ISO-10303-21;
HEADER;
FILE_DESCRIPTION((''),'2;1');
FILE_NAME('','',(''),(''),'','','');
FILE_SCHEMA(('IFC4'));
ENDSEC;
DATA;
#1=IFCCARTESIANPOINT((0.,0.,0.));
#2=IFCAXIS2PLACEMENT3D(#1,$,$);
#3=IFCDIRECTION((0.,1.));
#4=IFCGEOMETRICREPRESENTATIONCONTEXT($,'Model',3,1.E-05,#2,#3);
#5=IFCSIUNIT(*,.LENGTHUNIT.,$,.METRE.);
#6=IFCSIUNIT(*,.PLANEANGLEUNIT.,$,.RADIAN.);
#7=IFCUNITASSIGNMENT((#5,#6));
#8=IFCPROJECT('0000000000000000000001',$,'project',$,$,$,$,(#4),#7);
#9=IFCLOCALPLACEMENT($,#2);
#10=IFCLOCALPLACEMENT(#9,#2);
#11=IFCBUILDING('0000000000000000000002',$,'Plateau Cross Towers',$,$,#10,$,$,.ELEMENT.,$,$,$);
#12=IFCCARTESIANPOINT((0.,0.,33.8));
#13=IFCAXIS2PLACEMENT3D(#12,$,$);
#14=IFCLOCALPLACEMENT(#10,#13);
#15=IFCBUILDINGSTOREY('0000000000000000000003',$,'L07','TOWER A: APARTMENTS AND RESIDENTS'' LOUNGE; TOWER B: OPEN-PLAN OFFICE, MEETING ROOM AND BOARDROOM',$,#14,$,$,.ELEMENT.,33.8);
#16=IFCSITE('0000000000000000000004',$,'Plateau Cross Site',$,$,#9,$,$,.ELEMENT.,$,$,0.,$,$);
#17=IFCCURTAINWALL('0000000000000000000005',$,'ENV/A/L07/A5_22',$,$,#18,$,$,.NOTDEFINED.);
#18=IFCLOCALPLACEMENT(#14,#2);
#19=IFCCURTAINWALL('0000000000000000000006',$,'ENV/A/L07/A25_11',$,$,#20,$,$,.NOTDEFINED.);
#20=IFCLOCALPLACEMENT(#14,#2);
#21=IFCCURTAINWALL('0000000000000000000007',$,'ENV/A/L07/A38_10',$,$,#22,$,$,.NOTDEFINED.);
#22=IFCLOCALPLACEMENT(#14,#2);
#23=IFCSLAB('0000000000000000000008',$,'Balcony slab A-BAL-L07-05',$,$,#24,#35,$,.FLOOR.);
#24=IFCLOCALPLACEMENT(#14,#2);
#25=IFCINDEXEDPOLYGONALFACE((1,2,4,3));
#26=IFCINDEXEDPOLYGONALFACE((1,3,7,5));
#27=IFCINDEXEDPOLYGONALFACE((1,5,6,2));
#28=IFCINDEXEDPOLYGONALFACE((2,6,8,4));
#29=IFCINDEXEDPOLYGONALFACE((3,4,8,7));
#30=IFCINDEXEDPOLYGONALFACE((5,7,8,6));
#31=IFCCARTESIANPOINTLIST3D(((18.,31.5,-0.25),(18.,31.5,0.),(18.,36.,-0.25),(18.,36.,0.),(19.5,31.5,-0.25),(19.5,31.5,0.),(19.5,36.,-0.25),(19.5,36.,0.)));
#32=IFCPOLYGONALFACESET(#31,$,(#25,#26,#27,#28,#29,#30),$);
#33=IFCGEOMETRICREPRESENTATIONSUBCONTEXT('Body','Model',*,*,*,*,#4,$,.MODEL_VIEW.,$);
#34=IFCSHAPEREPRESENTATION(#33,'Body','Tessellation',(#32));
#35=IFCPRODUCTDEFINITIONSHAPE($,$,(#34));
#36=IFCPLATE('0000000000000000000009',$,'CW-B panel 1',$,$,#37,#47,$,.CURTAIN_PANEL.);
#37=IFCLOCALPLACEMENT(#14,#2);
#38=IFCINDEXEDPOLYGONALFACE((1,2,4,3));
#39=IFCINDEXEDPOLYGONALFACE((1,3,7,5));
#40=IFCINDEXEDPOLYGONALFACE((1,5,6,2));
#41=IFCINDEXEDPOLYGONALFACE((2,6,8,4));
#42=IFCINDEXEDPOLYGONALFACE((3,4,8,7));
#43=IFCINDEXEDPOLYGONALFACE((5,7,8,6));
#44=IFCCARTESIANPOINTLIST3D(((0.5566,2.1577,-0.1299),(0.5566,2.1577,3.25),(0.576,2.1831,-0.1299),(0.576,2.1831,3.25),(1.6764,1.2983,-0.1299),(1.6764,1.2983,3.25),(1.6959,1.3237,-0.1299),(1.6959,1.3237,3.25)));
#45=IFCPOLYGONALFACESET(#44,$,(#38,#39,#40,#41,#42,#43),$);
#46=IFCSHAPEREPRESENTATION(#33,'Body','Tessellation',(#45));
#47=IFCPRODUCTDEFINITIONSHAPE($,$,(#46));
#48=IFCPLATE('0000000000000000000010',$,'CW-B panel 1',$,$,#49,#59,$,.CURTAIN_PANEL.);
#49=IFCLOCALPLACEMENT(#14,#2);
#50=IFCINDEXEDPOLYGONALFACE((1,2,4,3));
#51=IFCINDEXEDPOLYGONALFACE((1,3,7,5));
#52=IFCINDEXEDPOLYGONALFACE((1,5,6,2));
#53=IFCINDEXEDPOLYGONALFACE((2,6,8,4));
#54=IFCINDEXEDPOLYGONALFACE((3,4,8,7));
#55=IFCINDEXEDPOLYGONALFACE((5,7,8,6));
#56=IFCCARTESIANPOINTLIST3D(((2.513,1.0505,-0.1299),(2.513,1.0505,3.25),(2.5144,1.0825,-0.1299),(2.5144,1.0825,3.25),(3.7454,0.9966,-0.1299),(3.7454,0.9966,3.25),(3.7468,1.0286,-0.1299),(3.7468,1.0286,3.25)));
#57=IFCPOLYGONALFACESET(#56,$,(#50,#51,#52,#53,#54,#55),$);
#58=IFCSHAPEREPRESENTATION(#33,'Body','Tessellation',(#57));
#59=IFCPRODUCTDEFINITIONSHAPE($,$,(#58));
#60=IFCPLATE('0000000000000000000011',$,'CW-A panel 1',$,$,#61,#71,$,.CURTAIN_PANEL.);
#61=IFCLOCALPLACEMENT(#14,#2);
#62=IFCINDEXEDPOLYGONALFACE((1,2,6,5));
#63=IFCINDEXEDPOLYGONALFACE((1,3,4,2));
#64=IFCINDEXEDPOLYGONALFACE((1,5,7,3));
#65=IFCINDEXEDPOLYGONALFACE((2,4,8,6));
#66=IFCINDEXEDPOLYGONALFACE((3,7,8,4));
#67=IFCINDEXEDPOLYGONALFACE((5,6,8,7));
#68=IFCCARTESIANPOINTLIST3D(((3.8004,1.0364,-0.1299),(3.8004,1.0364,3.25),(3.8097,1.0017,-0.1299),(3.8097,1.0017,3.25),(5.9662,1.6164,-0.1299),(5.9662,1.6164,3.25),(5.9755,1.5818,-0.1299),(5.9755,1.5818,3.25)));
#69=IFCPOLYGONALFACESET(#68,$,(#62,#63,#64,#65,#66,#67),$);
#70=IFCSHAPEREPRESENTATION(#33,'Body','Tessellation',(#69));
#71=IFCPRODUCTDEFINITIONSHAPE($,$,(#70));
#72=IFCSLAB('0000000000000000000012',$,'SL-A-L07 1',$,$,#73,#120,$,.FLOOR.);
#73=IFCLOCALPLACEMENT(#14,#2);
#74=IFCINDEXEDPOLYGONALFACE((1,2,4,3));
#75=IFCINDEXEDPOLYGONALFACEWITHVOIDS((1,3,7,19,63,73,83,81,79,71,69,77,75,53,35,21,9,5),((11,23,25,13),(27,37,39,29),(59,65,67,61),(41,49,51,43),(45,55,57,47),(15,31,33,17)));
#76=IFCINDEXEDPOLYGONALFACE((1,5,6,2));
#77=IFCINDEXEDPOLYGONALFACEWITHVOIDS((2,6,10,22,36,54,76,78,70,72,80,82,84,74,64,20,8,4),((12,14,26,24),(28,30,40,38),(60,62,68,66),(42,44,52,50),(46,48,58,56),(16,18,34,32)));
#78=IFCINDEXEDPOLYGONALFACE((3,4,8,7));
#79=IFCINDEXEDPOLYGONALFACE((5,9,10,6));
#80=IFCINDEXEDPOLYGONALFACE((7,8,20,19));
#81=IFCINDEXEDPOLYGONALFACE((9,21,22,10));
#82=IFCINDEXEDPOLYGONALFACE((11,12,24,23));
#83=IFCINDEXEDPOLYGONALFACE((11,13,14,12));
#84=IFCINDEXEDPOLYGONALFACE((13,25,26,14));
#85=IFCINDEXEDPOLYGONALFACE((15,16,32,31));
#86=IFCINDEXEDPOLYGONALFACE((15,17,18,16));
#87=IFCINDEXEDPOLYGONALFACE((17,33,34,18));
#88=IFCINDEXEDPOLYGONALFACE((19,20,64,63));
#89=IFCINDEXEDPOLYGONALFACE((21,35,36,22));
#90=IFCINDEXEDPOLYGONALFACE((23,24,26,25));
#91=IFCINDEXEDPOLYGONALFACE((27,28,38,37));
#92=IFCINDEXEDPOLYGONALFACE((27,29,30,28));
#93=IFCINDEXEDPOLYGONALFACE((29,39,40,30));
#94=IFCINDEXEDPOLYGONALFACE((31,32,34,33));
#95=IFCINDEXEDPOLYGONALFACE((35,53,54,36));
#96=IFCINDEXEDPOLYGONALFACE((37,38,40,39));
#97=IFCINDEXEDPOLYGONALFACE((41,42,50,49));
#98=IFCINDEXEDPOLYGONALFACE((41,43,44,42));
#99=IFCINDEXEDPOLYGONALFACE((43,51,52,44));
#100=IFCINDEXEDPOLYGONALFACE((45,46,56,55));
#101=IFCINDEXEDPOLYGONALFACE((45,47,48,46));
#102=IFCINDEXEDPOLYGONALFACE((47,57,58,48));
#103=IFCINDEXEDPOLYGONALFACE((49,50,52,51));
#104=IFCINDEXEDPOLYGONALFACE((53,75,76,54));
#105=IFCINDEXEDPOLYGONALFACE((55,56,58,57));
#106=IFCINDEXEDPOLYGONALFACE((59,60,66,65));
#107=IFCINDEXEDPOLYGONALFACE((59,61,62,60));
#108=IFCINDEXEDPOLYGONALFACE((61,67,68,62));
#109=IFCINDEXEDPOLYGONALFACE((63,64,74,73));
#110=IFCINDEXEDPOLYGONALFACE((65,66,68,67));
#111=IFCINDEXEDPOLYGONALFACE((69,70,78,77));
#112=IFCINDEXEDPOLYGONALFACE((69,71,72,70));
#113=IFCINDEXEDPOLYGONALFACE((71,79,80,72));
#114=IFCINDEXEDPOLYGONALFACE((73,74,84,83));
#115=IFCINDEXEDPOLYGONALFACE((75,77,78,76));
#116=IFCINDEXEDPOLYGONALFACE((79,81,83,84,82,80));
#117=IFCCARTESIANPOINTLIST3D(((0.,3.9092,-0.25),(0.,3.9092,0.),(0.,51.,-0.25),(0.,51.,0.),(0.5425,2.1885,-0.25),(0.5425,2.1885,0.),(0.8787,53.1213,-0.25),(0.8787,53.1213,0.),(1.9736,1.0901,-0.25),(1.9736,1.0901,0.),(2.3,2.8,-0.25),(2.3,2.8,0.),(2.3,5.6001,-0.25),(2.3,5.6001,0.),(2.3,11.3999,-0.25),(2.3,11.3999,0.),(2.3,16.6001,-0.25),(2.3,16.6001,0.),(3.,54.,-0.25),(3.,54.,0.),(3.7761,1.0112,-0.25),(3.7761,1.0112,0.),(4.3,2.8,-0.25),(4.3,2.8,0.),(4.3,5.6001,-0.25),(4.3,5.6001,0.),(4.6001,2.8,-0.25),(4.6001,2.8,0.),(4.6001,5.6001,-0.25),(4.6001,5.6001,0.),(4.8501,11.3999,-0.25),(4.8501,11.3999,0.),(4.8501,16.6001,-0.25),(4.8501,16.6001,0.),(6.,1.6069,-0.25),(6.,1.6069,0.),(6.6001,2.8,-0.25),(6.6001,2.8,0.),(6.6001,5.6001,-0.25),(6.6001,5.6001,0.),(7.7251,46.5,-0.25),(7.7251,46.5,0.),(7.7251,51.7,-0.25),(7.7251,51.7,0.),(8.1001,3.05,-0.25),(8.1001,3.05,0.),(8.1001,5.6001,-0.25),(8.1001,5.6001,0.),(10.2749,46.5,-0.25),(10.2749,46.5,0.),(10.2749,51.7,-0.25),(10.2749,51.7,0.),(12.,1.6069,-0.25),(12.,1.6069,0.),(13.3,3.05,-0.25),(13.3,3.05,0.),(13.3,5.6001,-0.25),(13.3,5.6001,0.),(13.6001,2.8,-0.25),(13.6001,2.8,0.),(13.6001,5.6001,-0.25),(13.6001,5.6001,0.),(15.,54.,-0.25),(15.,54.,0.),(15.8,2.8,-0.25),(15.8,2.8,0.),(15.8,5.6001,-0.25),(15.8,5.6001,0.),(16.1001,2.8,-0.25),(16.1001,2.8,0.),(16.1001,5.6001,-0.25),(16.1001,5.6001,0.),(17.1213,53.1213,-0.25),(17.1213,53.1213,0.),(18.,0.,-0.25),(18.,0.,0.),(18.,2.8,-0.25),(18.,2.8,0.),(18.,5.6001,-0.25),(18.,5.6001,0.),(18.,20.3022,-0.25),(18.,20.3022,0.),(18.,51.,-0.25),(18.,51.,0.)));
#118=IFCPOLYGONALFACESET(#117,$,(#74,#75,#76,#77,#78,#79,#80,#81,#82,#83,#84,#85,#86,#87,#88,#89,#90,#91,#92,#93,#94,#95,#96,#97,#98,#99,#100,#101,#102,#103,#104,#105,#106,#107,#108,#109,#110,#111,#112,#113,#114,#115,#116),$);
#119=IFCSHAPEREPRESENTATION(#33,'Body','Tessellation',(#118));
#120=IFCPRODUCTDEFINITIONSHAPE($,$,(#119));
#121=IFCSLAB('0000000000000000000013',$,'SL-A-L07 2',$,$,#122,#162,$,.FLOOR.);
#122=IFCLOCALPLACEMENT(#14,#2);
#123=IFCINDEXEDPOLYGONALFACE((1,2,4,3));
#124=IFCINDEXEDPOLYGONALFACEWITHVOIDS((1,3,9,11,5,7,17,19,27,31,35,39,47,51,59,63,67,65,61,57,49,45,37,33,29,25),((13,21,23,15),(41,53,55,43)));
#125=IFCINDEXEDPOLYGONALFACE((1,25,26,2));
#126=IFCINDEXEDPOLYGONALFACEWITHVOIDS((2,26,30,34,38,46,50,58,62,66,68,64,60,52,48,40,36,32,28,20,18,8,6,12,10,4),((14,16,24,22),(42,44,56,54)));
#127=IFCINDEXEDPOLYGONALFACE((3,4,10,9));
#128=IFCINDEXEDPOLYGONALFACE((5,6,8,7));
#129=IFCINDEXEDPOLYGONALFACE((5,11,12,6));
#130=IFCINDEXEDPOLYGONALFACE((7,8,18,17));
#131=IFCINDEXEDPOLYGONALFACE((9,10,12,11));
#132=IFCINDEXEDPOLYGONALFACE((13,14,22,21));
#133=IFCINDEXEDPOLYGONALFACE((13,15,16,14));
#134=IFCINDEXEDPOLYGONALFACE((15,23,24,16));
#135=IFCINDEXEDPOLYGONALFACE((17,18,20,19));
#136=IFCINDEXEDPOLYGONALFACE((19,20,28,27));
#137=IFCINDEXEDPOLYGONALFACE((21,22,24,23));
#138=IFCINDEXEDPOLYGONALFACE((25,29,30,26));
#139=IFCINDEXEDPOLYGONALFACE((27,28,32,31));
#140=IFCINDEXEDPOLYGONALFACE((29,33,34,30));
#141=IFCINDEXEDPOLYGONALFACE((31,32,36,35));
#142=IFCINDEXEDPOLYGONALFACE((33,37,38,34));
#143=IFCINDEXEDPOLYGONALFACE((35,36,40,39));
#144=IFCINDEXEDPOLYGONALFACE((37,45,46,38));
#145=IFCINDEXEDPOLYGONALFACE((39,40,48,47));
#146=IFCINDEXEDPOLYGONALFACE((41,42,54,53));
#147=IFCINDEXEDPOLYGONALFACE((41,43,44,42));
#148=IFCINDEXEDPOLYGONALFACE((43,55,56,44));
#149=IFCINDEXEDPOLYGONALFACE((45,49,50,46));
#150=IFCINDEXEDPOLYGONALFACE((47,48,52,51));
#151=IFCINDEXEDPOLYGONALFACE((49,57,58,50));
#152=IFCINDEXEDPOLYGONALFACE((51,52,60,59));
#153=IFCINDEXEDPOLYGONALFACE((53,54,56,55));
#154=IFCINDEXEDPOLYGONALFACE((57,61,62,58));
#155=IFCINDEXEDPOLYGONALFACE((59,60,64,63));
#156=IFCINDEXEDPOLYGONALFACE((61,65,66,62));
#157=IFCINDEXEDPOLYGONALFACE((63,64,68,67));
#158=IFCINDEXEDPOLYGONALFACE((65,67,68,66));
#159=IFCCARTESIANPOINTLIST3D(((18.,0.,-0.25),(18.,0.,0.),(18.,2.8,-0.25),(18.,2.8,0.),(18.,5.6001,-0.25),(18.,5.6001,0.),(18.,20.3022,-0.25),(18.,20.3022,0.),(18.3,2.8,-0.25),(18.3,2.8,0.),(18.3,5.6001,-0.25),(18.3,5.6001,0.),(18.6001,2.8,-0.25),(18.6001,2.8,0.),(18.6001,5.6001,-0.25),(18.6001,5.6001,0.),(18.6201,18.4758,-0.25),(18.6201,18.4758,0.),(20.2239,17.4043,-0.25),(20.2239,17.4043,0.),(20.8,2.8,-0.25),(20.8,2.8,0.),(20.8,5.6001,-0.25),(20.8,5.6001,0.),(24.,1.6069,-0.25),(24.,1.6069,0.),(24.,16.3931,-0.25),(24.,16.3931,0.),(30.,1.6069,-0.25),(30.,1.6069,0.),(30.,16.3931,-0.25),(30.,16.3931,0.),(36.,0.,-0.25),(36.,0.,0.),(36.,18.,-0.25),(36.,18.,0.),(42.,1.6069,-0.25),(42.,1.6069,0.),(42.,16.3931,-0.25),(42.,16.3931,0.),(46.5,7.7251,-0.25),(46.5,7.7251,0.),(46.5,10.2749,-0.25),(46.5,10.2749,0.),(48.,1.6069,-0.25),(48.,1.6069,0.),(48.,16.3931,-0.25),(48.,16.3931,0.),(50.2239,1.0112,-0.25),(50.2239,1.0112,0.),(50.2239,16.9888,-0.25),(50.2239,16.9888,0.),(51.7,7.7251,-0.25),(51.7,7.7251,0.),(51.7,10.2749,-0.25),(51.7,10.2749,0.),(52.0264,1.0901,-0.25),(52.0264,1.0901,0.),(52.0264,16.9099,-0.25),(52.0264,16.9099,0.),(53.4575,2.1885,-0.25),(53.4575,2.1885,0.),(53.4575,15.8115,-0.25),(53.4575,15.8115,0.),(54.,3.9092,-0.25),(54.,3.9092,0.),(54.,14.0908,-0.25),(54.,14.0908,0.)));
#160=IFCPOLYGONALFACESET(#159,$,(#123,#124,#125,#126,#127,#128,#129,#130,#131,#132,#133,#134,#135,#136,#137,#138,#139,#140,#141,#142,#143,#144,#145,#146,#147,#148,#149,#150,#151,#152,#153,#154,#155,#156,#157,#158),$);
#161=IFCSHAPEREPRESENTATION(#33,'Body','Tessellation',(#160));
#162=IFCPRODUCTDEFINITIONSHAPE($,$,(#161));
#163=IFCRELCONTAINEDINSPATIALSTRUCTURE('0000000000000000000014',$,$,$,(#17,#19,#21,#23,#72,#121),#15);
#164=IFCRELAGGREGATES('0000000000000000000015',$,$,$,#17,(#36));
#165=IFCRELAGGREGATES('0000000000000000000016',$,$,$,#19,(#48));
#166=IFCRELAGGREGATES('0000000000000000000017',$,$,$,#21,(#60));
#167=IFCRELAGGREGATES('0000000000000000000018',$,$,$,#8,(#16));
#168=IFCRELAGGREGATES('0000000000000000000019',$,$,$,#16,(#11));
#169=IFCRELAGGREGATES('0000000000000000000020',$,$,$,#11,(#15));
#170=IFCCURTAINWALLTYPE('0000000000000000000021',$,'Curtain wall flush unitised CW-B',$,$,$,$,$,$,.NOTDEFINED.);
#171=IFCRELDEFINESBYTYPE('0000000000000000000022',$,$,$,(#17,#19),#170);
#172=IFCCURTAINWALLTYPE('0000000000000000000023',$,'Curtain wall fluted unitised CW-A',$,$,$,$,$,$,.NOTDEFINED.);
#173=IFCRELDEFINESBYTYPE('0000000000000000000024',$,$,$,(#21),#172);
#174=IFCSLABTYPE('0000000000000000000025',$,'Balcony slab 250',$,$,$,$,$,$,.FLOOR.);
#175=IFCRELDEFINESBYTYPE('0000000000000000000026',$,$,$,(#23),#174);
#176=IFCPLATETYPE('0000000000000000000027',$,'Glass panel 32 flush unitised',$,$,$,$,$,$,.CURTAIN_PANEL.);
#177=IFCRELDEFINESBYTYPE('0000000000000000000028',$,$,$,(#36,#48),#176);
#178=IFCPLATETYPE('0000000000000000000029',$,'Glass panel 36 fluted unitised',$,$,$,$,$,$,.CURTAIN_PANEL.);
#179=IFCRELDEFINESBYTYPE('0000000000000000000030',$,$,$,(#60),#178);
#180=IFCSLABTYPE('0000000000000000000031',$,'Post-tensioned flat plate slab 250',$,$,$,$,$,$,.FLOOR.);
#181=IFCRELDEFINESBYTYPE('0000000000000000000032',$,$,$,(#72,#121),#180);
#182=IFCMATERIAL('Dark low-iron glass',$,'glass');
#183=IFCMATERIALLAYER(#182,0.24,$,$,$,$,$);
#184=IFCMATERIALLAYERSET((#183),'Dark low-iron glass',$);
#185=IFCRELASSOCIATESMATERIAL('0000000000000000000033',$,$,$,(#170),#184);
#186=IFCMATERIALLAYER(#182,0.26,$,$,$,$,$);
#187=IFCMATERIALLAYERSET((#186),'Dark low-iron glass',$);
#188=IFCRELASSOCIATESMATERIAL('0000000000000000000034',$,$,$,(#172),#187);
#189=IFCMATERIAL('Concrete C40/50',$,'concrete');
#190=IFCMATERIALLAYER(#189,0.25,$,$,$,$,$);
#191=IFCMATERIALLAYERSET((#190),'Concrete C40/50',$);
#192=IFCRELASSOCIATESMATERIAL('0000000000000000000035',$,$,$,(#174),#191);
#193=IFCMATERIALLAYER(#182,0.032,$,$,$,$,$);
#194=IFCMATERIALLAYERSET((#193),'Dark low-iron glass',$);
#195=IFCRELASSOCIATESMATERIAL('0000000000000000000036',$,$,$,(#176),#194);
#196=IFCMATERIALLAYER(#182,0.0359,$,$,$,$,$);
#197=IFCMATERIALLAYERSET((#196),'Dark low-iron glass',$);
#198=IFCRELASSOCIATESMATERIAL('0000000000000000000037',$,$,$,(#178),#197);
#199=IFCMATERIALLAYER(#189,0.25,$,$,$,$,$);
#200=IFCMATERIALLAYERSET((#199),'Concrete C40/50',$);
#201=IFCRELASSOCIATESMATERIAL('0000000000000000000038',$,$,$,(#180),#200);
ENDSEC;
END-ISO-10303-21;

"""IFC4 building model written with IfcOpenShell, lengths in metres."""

from ifc_helpers import new_model, si_unit, direction, frame, origin, origin_2d, place, context, subcontext, project, spatial, polyline, rectangle, outline, extrude, material, layer, layer_set, type_object, element, aggregate, save


model = new_model("IFC4")

# Units and contexts
model_context = context("Model", 3, precision=1e-05, world=origin(), true_north=direction((0.0, 1.0)))
body_context = subcontext(model_context, "Body", "Model", "MODEL_VIEW")
ifc_project = project(units=[si_unit("LENGTHUNIT", "METRE"), si_unit("PLANEANGLEUNIT", "RADIAN")], contexts=[model_context])

# Site, building, storey
site_placement = place(None, origin())
site = spatial("IfcSite", under=ifc_project, at=site_placement, Name="Plateau Cross Site", CompositionType="ELEMENT", RefElevation=0.0)
building_placement = place(site_placement, origin())
building = spatial("IfcBuilding", under=site, at=building_placement, Name="Plateau Cross Towers", CompositionType="ELEMENT")
storey_placement = place(building_placement, frame((0.0, 0.0, 33.8)))
storey = spatial("IfcBuildingStorey", under=building, at=storey_placement, Name="L07", Description="TOWER A: APARTMENTS AND RESIDENTS' LOUNGE; TOWER B: OPEN-PLAN OFFICE, MEETING ROOM AND BOARDROOM", CompositionType="ELEMENT", Elevation=33.8)

# Curtain wall
ifc_material_1 = material(Name="Dark low-iron glass", Category="glass")
ifc_layer_1 = layer(ifc_material_1, 0.24)
ifc_layer_set_1 = layer_set([ifc_layer_1], Name="Dark low-iron glass")
curtain_wall_type_1 = type_object("IfcCurtainWallType", Name="Curtain wall flush unitised CW-B", PredefinedType="NOTDEFINED", material=ifc_layer_set_1)
curtain_wall_1_placement = place(storey_placement, origin())
curtain_wall_1 = element("IfcCurtainWall", 1, at=curtain_wall_1_placement, inside=storey, type_object=curtain_wall_type_1, Name="ENV/A/L07/A5_22", PredefinedType="NOTDEFINED")

# Curtain walls
curtain_wall_2_placement = place(storey_placement, origin())
curtain_wall_2 = element("IfcCurtainWall", 2, at=curtain_wall_2_placement, inside=storey, type_object=curtain_wall_type_1, Name="ENV/A/L07/A25_11", PredefinedType="NOTDEFINED")
ifc_layer_2 = layer(ifc_material_1, 0.26)
ifc_layer_set_2 = layer_set([ifc_layer_2], Name="Dark low-iron glass")
curtain_wall_type_2 = type_object("IfcCurtainWallType", Name="Curtain wall fluted unitised CW-A", PredefinedType="NOTDEFINED", material=ifc_layer_set_2)
curtain_wall_3_placement = place(storey_placement, origin())
curtain_wall_3 = element("IfcCurtainWall", 3, at=curtain_wall_3_placement, inside=storey, type_object=curtain_wall_type_2, Name="ENV/A/L07/A38_10", PredefinedType="NOTDEFINED")

# Slab
ifc_material_2 = material(Name="Concrete C40/50", Category="concrete")
ifc_layer_3 = layer(ifc_material_2, 0.25)
ifc_layer_set_3 = layer_set([ifc_layer_3], Name="Concrete C40/50")
slab_type_1 = type_object("IfcSlabType", Name="Balcony slab 250", PredefinedType="FLOOR", material=ifc_layer_set_3)
slab_1_placement = place(storey_placement, frame((0.0, 0.0, -0.25)))
element("IfcSlab", 4, at=slab_1_placement, inside=storey, type_object=slab_type_1, Name="Balcony slab A-BAL-L07-05", PredefinedType="FLOOR", context=body_context, shape_type="SweptSolid", body=[
    extrude(outline(polyline([(19.5, 31.5), (19.5, 36.0), (18.0, 36.0), (18.0, 31.5), (19.5, 31.5)])), origin(), (0.0, 0.0, 1.0), 0.25),
])

# Plates
ifc_layer_4 = layer(ifc_material_1, 0.032)
ifc_layer_set_4 = layer_set([ifc_layer_4], Name="Dark low-iron glass")
plate_type_1 = type_object("IfcPlateType", Name="Glass panel 32 flush unitised", PredefinedType="CURTAIN_PANEL", material=ifc_layer_set_4)
plate_1_placement = place(storey_placement, frame((1.1262, 1.7407, -0.1299), z_axis=(0.0, 0.0, 1.0), x_axis=(0.793316, -0.608811, 0.0)))
plate_1 = element("IfcPlate", 5, at=plate_1_placement, type_object=plate_type_1, Name="CW-B panel 1", PredefinedType="CURTAIN_PANEL", context=body_context, shape_type="SweptSolid", body=[
    extrude(rectangle(XDim=1.4116, YDim=0.032, at=origin_2d()), origin(), (0.0, 0.0, 1.0), 3.3799),
])
aggregate(curtain_wall_1, [plate_1])
plate_2_placement = place(storey_placement, frame((3.1299, 1.0396, -0.1299), z_axis=(0.0, 0.0, 1.0), x_axis=(0.999044, -0.043723, 0.0)))
plate_2 = element("IfcPlate", 6, at=plate_2_placement, type_object=plate_type_1, Name="CW-B panel 1", PredefinedType="CURTAIN_PANEL", context=body_context, shape_type="SweptSolid", body=[
    extrude(rectangle(XDim=1.2336, YDim=0.032, at=origin_2d()), origin(), (0.0, 0.0, 1.0), 3.3799),
])
aggregate(curtain_wall_2, [plate_2])
ifc_layer_5 = layer(ifc_material_1, 0.0359)
ifc_layer_set_5 = layer_set([ifc_layer_5], Name="Dark low-iron glass")
plate_type_2 = type_object("IfcPlateType", Name="Glass panel 36 fluted unitised", PredefinedType="CURTAIN_PANEL", material=ifc_layer_set_5)
plate_3_placement = place(storey_placement, frame((4.8879, 1.3091, -0.1299), z_axis=(0.0, 0.0, 1.0), x_axis=(0.965958, 0.258699, 0.0)))
plate_3 = element("IfcPlate", 7, at=plate_3_placement, type_object=plate_type_2, Name="CW-A panel 1", PredefinedType="CURTAIN_PANEL", context=body_context, shape_type="SweptSolid", body=[
    extrude(rectangle(XDim=2.2422, YDim=0.0359, at=origin_2d()), origin(), (0.0, 0.0, 1.0), 3.3799),
])
aggregate(curtain_wall_3, [plate_3])

# Slabs
ifc_layer_6 = layer(ifc_material_2, 0.25)
ifc_layer_set_6 = layer_set([ifc_layer_6], Name="Concrete C40/50")
slab_type_2 = type_object("IfcSlabType", Name="Post-tensioned flat plate slab 250", PredefinedType="FLOOR", material=ifc_layer_set_6)
slab_2_placement = place(storey_placement, frame((0.0, 0.0, -0.25)))
element("IfcSlab", 8, at=slab_2_placement, inside=storey, type_object=slab_type_2, Name="SL-A-L07 1", PredefinedType="FLOOR", context=body_context, shape_type="SweptSolid", body=[
    extrude(outline(polyline([(0.5425, 2.1885), (0.0, 3.9092), (0.0, 51.0), (0.8787, 53.1213), (3.0, 54.0), (15.0, 54.0), (17.1213, 53.1213), (18.0, 51.0), (18.0, 20.3022), (18.0, 5.6001), (16.1001, 5.6001), (16.1001, 2.8), (18.0, 2.8), (18.0, 0.0), (12.0, 1.6069), (6.0, 1.6069), (3.7761, 1.0112), (1.9736, 1.0901), (0.5425, 2.1885)]), holes=[polyline([(4.3, 5.6001), (2.3, 5.6001), (2.3, 2.8), (4.3, 2.8), (4.3, 5.6001)]), polyline([(6.6001, 5.6001), (4.6001, 5.6001), (4.6001, 2.8), (6.6001, 2.8), (6.6001, 5.6001)]), polyline([(15.8, 5.6001), (13.6001, 5.6001), (13.6001, 2.8), (15.8, 2.8), (15.8, 5.6001)]), polyline([(13.3, 5.6001), (8.1001, 5.6001), (8.1001, 3.05), (13.3, 3.05), (13.3, 5.6001)]), polyline([(4.8501, 16.6001), (2.3, 16.6001), (2.3, 11.3999), (4.8501, 11.3999), (4.8501, 16.6001)]), polyline([(7.7251, 51.7), (7.7251, 46.5), (10.2749, 46.5), (10.2749, 51.7), (7.7251, 51.7)])]), origin(), (0.0, 0.0, 1.0), 0.25),
])
slab_3_placement = place(storey_placement, frame((0.0, 0.0, -0.25)))
element("IfcSlab", 9, at=slab_3_placement, inside=storey, type_object=slab_type_2, Name="SL-A-L07 2", PredefinedType="FLOOR", context=body_context, shape_type="SweptSolid", body=[
    extrude(outline(polyline([(18.6201, 18.4758), (20.2239, 17.4043), (24.0, 16.3931), (30.0, 16.3931), (36.0, 18.0), (42.0, 16.3931), (48.0, 16.3931), (50.2239, 16.9888), (52.0264, 16.9099), (53.4575, 15.8115), (54.0, 14.0908), (54.0, 3.9092), (53.4575, 2.1885), (52.0264, 1.0901), (50.2239, 1.0112), (48.0, 1.6069), (42.0, 1.6069), (36.0, 0.0), (30.0, 1.6069), (24.0, 1.6069), (18.0, 0.0), (18.0, 2.8), (18.3, 2.8), (18.3, 5.6001), (18.0, 5.6001), (18.0, 20.3022), (18.6201, 18.4758)]), holes=[polyline([(20.8, 5.6001), (18.6001, 5.6001), (18.6001, 2.8), (20.8, 2.8), (20.8, 5.6001)]), polyline([(51.7, 7.7251), (51.7, 10.2749), (46.5, 10.2749), (46.5, 7.7251), (51.7, 7.7251)])]), origin(), (0.0, 0.0, 1.0), 0.25),
])

save(model, "model.ifc")
